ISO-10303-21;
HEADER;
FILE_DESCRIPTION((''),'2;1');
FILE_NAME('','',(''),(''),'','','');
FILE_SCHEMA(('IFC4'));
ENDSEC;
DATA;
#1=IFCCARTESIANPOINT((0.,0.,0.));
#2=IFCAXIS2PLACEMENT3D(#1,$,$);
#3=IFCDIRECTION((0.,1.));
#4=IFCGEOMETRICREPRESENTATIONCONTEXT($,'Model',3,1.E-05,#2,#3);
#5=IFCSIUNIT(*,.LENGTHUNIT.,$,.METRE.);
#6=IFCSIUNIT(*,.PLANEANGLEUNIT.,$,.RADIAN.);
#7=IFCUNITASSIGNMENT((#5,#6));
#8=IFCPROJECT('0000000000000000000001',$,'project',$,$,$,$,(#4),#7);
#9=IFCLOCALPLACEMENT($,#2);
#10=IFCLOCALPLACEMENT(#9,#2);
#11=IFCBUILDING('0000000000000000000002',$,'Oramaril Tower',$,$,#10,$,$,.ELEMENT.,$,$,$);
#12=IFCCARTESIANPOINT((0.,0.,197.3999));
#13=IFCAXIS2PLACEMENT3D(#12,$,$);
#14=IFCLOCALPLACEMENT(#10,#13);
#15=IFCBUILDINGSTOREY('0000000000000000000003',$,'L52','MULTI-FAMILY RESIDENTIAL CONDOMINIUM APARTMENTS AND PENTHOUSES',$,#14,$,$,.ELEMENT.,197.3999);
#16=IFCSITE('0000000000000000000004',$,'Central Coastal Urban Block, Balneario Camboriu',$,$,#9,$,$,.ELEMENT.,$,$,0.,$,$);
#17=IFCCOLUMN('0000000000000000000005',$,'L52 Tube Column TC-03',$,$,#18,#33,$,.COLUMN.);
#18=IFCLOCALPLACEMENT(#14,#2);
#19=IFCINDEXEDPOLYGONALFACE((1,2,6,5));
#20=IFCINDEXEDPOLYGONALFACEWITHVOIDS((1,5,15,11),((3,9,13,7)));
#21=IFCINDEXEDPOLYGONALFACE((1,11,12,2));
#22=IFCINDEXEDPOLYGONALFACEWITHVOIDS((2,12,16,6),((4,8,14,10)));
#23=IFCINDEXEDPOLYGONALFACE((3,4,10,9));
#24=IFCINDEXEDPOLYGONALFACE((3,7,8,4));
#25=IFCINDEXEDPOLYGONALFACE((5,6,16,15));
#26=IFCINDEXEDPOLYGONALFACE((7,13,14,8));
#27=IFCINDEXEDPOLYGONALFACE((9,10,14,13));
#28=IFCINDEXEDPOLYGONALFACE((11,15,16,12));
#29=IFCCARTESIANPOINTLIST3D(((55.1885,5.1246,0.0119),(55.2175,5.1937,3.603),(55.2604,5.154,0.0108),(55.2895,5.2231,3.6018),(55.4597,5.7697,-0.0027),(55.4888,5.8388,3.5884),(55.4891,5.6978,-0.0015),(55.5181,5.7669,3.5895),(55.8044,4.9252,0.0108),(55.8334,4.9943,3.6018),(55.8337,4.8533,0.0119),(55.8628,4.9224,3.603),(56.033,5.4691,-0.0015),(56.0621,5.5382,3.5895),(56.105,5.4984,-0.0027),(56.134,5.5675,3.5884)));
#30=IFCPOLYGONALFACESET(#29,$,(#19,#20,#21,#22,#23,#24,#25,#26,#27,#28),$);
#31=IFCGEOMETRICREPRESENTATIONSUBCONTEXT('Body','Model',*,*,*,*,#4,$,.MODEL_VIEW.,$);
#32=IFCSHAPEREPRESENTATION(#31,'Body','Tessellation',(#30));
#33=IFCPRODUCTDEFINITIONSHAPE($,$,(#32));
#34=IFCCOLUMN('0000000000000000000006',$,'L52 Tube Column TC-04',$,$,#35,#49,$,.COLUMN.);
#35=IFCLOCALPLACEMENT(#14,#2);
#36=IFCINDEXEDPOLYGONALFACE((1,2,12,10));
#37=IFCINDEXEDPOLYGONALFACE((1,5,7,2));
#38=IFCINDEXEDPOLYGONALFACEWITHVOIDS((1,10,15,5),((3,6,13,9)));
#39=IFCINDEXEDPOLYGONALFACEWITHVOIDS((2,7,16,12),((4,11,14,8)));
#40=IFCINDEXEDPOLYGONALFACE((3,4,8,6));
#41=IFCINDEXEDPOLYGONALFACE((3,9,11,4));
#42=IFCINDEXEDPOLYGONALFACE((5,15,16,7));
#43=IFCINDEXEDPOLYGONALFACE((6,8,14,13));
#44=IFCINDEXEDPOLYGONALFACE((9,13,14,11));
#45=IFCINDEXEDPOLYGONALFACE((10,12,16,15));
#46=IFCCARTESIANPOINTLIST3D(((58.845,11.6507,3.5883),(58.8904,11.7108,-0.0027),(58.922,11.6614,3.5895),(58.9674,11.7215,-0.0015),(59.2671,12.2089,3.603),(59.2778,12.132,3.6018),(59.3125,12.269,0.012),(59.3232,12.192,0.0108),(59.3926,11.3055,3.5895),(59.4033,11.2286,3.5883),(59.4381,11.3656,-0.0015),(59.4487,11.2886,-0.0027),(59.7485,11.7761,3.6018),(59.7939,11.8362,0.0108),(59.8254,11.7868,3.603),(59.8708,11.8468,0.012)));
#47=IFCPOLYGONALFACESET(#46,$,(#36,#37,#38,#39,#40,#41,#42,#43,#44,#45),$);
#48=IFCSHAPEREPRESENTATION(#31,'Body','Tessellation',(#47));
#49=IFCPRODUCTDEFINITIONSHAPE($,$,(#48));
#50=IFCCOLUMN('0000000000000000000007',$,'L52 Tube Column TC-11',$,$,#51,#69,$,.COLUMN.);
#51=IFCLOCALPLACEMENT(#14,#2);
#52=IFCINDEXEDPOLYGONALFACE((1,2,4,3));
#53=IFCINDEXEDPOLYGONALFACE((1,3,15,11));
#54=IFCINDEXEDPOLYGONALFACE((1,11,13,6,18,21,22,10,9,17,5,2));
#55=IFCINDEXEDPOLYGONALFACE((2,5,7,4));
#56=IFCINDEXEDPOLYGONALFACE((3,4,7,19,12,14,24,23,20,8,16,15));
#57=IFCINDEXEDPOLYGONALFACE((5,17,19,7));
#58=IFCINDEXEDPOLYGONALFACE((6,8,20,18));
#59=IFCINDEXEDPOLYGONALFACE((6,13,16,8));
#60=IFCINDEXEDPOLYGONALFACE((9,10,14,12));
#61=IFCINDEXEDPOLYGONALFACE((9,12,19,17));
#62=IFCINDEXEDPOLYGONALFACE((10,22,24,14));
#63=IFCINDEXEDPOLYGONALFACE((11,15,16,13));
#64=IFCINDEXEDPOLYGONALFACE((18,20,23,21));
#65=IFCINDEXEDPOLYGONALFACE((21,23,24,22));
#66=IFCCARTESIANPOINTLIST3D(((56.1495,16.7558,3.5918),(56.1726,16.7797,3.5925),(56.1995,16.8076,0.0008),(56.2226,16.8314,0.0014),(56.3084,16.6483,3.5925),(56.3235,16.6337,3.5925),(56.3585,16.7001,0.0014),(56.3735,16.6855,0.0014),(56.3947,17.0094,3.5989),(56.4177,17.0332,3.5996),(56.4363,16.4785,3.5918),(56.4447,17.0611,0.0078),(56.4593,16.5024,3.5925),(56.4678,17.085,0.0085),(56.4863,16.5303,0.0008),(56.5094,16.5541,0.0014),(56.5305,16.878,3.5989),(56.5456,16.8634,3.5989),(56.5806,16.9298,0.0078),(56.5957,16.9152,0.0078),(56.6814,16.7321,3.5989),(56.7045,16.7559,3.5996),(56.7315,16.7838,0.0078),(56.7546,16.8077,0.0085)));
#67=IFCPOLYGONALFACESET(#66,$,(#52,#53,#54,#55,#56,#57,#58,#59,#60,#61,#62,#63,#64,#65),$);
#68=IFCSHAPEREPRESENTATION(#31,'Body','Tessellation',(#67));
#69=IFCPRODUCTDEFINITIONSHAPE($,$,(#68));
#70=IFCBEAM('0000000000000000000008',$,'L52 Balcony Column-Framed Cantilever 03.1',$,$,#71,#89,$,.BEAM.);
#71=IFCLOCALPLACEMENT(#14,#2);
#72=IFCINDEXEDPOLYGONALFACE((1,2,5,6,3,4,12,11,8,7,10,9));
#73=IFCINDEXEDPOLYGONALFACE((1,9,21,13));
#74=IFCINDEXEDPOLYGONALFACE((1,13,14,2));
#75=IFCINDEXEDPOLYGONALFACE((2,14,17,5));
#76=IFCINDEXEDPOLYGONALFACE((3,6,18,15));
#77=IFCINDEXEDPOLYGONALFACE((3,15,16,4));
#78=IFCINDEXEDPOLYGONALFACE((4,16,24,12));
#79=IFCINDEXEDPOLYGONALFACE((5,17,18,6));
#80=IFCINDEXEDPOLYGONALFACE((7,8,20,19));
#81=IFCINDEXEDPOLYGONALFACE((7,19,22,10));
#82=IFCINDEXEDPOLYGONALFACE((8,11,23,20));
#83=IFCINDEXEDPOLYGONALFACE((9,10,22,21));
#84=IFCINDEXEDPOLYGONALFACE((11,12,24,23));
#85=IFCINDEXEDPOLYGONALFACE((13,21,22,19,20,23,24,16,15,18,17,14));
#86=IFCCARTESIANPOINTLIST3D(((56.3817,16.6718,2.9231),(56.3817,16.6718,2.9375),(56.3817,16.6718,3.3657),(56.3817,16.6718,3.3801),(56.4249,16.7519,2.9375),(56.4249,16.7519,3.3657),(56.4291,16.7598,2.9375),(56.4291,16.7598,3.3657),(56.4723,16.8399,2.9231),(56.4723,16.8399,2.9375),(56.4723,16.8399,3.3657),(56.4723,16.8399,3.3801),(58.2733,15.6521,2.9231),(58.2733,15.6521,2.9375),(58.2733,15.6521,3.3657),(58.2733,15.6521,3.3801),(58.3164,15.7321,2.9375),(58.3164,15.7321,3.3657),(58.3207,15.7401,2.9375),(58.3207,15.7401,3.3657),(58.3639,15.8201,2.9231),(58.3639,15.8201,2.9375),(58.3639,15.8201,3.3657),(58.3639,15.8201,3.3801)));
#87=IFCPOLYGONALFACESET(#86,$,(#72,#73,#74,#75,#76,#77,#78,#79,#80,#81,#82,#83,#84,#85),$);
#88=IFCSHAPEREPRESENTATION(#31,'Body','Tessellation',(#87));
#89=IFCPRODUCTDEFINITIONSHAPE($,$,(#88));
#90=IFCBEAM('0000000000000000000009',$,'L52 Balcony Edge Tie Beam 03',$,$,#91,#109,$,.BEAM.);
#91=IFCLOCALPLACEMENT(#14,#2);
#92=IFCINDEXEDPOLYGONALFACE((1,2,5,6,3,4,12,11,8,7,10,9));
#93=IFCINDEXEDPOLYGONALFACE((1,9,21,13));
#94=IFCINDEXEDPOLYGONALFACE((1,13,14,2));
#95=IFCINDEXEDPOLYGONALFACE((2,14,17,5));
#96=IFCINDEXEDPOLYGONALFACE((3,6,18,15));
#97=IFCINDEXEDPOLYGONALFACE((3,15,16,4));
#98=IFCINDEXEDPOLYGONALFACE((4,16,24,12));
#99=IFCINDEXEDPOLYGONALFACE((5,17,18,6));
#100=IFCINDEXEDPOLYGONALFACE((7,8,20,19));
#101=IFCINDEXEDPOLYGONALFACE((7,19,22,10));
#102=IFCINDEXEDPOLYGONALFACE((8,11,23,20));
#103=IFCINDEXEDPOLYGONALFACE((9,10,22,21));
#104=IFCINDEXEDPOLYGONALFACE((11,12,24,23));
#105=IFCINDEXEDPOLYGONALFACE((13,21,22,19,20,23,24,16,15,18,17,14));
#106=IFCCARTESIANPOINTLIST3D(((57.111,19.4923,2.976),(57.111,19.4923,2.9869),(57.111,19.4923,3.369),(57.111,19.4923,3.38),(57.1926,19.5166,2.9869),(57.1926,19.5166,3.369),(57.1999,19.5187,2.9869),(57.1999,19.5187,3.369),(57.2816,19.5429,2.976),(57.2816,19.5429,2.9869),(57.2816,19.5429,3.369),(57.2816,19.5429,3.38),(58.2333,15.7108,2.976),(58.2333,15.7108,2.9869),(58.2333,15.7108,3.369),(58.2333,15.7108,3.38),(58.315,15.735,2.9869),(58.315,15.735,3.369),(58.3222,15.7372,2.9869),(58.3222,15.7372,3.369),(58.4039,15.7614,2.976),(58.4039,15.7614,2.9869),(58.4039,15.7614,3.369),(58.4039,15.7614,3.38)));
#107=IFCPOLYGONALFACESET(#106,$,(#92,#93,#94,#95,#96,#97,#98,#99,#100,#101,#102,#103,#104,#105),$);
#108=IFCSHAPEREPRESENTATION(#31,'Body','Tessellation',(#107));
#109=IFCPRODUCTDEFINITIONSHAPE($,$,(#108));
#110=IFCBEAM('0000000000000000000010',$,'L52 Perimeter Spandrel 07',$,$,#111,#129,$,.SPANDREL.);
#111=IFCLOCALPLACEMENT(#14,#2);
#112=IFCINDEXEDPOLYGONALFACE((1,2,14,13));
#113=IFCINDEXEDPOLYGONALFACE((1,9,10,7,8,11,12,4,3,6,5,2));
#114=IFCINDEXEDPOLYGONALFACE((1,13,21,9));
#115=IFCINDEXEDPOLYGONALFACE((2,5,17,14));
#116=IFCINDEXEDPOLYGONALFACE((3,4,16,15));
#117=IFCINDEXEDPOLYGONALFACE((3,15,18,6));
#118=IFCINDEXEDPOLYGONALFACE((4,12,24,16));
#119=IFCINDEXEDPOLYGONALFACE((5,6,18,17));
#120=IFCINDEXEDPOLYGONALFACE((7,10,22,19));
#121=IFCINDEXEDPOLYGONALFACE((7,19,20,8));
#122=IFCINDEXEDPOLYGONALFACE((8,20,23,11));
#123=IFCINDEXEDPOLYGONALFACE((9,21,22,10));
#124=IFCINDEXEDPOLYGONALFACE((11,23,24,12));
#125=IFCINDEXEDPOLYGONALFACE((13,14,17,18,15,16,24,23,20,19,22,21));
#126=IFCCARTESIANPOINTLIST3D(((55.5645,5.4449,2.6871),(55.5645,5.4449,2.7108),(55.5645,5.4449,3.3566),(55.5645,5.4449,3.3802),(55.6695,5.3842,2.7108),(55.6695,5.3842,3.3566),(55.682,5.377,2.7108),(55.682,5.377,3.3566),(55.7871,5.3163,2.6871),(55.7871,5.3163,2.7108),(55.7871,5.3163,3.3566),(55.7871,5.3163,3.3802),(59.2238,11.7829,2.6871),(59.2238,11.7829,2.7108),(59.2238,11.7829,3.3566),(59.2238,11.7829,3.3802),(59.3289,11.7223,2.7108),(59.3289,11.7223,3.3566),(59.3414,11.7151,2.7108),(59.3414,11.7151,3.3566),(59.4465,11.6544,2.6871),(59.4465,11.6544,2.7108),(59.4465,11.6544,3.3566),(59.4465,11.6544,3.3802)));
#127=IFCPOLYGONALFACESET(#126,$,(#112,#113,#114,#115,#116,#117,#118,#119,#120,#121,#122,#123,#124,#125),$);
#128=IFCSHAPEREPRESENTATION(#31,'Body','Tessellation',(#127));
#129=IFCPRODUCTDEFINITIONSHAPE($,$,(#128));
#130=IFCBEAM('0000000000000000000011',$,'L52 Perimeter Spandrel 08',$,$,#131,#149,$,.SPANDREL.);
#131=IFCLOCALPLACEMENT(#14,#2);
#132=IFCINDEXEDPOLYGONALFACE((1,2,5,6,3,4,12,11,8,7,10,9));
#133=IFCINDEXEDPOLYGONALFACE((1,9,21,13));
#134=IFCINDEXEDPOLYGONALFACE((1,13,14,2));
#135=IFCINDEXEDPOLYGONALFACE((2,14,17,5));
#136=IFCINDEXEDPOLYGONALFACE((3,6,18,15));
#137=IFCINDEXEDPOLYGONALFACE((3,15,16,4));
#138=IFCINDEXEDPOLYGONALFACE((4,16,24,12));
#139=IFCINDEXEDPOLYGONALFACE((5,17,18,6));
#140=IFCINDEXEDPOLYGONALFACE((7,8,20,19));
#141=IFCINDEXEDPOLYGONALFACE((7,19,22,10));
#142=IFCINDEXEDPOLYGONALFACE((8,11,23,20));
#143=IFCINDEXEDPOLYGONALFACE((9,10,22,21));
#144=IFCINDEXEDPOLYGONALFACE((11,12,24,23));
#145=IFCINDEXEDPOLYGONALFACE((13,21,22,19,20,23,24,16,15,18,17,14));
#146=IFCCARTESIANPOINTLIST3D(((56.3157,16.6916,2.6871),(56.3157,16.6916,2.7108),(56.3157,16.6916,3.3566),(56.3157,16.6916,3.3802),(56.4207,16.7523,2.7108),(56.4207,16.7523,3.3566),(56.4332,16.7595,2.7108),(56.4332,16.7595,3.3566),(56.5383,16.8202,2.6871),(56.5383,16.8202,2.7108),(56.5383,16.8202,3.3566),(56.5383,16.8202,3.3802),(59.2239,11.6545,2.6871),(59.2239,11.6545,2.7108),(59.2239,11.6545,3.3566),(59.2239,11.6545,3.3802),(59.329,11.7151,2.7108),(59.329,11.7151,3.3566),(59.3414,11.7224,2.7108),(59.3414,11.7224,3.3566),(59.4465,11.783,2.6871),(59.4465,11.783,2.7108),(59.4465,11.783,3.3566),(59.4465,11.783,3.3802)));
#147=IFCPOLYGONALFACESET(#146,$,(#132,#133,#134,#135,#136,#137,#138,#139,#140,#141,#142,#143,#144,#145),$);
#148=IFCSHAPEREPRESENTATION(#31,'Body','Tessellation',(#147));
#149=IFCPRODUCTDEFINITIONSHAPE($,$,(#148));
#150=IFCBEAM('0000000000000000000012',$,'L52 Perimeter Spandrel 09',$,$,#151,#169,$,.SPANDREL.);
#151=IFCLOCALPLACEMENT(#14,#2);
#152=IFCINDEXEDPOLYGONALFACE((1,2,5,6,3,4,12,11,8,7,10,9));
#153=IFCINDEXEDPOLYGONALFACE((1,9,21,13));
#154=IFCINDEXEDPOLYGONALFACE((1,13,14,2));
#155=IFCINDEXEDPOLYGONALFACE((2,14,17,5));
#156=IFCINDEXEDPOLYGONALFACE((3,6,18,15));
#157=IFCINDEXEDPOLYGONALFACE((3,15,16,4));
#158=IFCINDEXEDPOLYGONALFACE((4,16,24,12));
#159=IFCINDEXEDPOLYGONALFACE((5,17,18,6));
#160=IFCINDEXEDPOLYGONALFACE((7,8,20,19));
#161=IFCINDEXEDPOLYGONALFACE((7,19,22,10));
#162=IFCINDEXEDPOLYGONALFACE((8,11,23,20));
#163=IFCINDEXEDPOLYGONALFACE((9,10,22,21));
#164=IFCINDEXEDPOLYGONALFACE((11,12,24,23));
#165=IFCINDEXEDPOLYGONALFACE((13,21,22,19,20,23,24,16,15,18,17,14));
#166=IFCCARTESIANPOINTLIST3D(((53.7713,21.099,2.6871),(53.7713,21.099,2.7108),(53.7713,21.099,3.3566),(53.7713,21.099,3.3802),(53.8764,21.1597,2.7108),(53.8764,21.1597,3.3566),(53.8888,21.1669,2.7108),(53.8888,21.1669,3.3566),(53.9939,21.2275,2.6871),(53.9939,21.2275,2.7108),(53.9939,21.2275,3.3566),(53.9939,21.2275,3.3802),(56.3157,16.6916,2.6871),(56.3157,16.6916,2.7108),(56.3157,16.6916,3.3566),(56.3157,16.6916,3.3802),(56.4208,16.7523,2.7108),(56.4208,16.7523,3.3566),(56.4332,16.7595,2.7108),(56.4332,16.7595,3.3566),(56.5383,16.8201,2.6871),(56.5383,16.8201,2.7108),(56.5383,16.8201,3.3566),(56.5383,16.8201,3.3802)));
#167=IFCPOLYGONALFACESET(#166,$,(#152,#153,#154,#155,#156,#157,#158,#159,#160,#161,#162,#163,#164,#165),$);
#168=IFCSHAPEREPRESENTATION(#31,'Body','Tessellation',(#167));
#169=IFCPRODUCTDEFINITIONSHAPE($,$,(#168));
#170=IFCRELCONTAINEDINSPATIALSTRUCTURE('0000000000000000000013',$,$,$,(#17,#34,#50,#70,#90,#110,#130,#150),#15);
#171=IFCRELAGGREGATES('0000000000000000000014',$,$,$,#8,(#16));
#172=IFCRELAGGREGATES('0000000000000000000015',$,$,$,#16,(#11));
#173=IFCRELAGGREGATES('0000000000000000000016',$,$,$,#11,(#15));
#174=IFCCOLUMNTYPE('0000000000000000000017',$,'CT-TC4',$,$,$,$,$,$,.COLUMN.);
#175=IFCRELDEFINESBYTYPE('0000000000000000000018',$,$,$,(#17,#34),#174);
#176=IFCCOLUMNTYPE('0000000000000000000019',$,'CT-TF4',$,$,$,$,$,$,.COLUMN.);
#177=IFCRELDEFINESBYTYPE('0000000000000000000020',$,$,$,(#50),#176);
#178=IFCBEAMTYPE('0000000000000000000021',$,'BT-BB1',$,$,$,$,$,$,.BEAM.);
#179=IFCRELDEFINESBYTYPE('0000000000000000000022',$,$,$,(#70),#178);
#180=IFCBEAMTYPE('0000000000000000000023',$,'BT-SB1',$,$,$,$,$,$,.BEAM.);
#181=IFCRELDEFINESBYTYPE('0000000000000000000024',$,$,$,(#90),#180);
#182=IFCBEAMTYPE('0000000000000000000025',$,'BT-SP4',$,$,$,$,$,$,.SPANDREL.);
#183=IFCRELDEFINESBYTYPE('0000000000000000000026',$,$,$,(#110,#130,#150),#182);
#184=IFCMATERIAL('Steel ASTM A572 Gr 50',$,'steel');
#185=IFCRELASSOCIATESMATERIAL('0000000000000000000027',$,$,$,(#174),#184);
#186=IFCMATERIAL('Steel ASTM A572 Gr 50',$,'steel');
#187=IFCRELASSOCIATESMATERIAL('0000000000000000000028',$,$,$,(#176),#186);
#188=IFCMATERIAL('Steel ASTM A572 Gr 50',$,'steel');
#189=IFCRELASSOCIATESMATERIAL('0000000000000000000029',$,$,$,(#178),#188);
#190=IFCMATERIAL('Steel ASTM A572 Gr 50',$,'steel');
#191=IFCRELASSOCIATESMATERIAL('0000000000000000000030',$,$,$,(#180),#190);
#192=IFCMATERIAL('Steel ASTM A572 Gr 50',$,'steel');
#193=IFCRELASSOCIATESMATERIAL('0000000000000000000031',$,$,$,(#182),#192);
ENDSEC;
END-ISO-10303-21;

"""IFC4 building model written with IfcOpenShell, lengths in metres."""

from ifc_helpers import new_model, si_unit, direction, frame, origin, origin_2d, place, context, subcontext, project, spatial, hollow_rectangle, i_section, extrude, material, material_profile, profile_set, type_object, element, save


model = new_model("IFC4")

# Units and contexts
model_context = context("Model", 3, precision=1e-05, world=origin(), true_north=direction((0.0, 1.0)))
body_context = subcontext(model_context, "Body", "Model", "MODEL_VIEW")
ifc_project = project(units=[si_unit("LENGTHUNIT", "METRE"), si_unit("PLANEANGLEUNIT", "RADIAN")], contexts=[model_context])

# Site, building, storey
site_placement = place(None, origin())
site = spatial("IfcSite", under=ifc_project, at=site_placement, Name="Central Coastal Urban Block, Balneario Camboriu", CompositionType="ELEMENT", RefElevation=0.0)
building_placement = place(site_placement, origin())
building = spatial("IfcBuilding", under=site, at=building_placement, Name="Oramaril Tower", CompositionType="ELEMENT")
storey_placement = place(building_placement, frame((0.0, 0.0, 197.3999)))
storey = spatial("IfcBuildingStorey", under=building, at=storey_placement, Name="L52", Description="MULTI-FAMILY RESIDENTIAL CONDOMINIUM APARTMENTS AND PENTHOUSES", CompositionType="ELEMENT", Elevation=197.3999)

# Columns
ifc_material_1 = material(Name="Steel ASTM A572 Gr 50", Category="steel")
ifc_material_profile_1 = material_profile(ifc_material_1, hollow_rectangle(XDim=0.7, YDim=0.7, WallThickness=0.0549, at=origin_2d()), Name="BOX700X700X55")
ifc_profile_set_1 = profile_set([ifc_material_profile_1], Name="Steel ASTM A572 Gr 50")
column_type_1 = type_object("IfcColumnType", Name="CT-TC4", PredefinedType="COLUMN", material=ifc_profile_set_1)
for number, where, z_axis, x_axis, name in (
    (1, (55.6467, 5.3115, 0.0046), (0.008089, 0.019236, 0.999782), (-0.921819, 0.38762, 0.0), "L52 Tube Column TC-03"),
    (2, (59.3806, 11.7788, 0.0046), (-0.012643, -0.016721, 0.99978), (0.797659, -0.603108, 0.0), "L52 Tube Column TC-04"),
):
    element("IfcColumn", number, at=place(storey_placement, frame(where, z_axis=z_axis, x_axis=x_axis)), inside=storey, type_object=column_type_1, Name=name, PredefinedType="COLUMN", context=body_context, shape_type="SweptSolid", body=[
        extrude(hollow_rectangle(XDim=0.7, YDim=0.7, WallThickness=0.0549, at=origin_2d()), origin(), (0.0, 0.0, 1.0), 3.5918),
    ])
ifc_material_2 = material(Name="Steel ASTM A572 Gr 50", Category="steel")
ifc_material_profile_2 = material_profile(ifc_material_2, i_section(OverallWidth=0.3989, OverallDepth=0.386, WebThickness=0.021, FlangeThickness=0.0332, at=origin_2d()), Name="W14X176")
ifc_profile_set_2 = profile_set([ifc_material_profile_2], Name="Steel ASTM A572 Gr 50")
column_type_2 = type_object("IfcColumnType", Name="CT-TF4", PredefinedType="COLUMN", material=ifc_profile_set_2)
column_placement = place(storey_placement, frame((56.4771, 16.8076, 0.0046), z_axis=(-0.013934, -0.01441, 0.999799), x_axis=(0.718875, -0.695139, 0.0)))
element("IfcColumn", 3, at=column_placement, inside=storey, type_object=column_type_2, Name="L52 Tube Column TC-11", PredefinedType="COLUMN", context=body_context, shape_type="SweptSolid", body=[
    extrude(i_section(OverallWidth=0.3989, OverallDepth=0.386, WebThickness=0.021, FlangeThickness=0.0332, at=origin_2d()), origin(), (0.0, 0.0, 1.0), 3.5918),
])

# Beams
ifc_material_3 = material(Name="Steel ASTM A572 Gr 50", Category="steel")
ifc_material_profile_3 = material_profile(ifc_material_3, i_section(OverallWidth=0.1909, OverallDepth=0.457, WebThickness=0.009, FlangeThickness=0.0144, at=origin_2d()), Name="W18X50")
ifc_profile_set_3 = profile_set([ifc_material_profile_3], Name="Steel ASTM A572 Gr 50")
beam_type_1 = type_object("IfcBeamType", Name="BT-BB1", PredefinedType="BEAM", material=ifc_profile_set_3)
beam_1_placement = place(storey_placement, frame((56.427, 16.7559, 3.1516), z_axis=(0.880234, -0.47454, 0.0), x_axis=(0.47454, 0.880234, 0.0)))
element("IfcBeam", 4, at=beam_1_placement, inside=storey, type_object=beam_type_1, Name="L52 Balcony Column-Framed Cantilever 03.1", PredefinedType="BEAM", context=body_context, shape_type="SweptSolid", body=[
    extrude(i_section(OverallWidth=0.1909, OverallDepth=0.457, WebThickness=0.009, FlangeThickness=0.0144, at=origin_2d()), origin(), (0.0, 0.0, 1.0), 2.1489),
])
ifc_material_4 = material(Name="Steel ASTM A572 Gr 50", Category="steel")
ifc_material_profile_4 = material_profile(ifc_material_4, i_section(OverallWidth=0.178, OverallDepth=0.4041, WebThickness=0.0076, FlangeThickness=0.011, at=origin_2d()), Name="W16X36")
ifc_profile_set_4 = profile_set([ifc_material_profile_4], Name="Steel ASTM A572 Gr 50")
beam_type_2 = type_object("IfcBeamType", Name="BT-SB1", PredefinedType="BEAM", material=ifc_profile_set_4)
beam_2_placement = place(storey_placement, frame((58.3186, 15.7361, 3.178), z_axis=(-0.284525, 0.958669, 0.0), x_axis=(-0.958669, -0.284525, 0.0)))
element("IfcBeam", 5, at=beam_2_placement, inside=storey, type_object=beam_type_2, Name="L52 Balcony Edge Tie Beam 03", PredefinedType="BEAM", context=body_context, shape_type="SweptSolid", body=[
    extrude(i_section(OverallWidth=0.178, OverallDepth=0.4041, WebThickness=0.0076, FlangeThickness=0.011, at=origin_2d()), origin(), (0.0, 0.0, 1.0), 3.9446),
])
ifc_material_5 = material(Name="Steel ASTM A572 Gr 50", Category="steel")
ifc_material_profile_5 = material_profile(ifc_material_5, i_section(OverallWidth=0.2571, OverallDepth=0.6931, WebThickness=0.0144, FlangeThickness=0.0237, at=origin_2d()), Name="W27X114")
ifc_profile_set_5 = profile_set([ifc_material_profile_5], Name="Steel ASTM A572 Gr 50")
beam_type_3 = type_object("IfcBeamType", Name="BT-SP4", PredefinedType="SPANDREL", material=ifc_profile_set_5)
beam_3_placement = place(storey_placement, frame((55.6758, 5.3806, 3.0337), z_axis=(0.50001, 0.866019, 0.0), x_axis=(-0.866019, 0.50001, 0.0)))
element("IfcBeam", 6, at=beam_3_placement, inside=storey, type_object=beam_type_3, Name="L52 Perimeter Spandrel 07", PredefinedType="SPANDREL", context=body_context, shape_type="SweptSolid", body=[
    extrude(i_section(OverallWidth=0.2571, OverallDepth=0.6931, WebThickness=0.0144, FlangeThickness=0.0237, at=origin_2d()), origin(), (0.0, 0.0, 1.0), 7.3186),
])
beam_4_placement = place(storey_placement, frame((59.3352, 11.7188, 3.0337), z_axis=(-0.500003, 0.866023, 0.0), x_axis=(-0.866023, -0.500003, 0.0)))
element("IfcBeam", 7, at=beam_4_placement, inside=storey, type_object=beam_type_3, Name="L52 Perimeter Spandrel 08", PredefinedType="SPANDREL", context=body_context, shape_type="SweptSolid", body=[
    extrude(i_section(OverallWidth=0.2571, OverallDepth=0.6931, WebThickness=0.0144, FlangeThickness=0.0237, at=origin_2d()), origin(), (0.0, 0.0, 1.0), 5.8164),
])
beam_5_placement = place(storey_placement, frame((56.427, 16.7559, 3.0337), z_axis=(-0.499967, 0.866044, 0.0), x_axis=(-0.866044, -0.499967, 0.0)))
element("IfcBeam", 8, at=beam_5_placement, inside=storey, type_object=beam_type_3, Name="L52 Perimeter Spandrel 09", PredefinedType="SPANDREL", context=body_context, shape_type="SweptSolid", body=[
    extrude(i_section(OverallWidth=0.2571, OverallDepth=0.6931, WebThickness=0.0144, FlangeThickness=0.0237, at=origin_2d()), origin(), (0.0, 0.0, 1.0), 5.0891),
])

save(model, "model.ifc")
